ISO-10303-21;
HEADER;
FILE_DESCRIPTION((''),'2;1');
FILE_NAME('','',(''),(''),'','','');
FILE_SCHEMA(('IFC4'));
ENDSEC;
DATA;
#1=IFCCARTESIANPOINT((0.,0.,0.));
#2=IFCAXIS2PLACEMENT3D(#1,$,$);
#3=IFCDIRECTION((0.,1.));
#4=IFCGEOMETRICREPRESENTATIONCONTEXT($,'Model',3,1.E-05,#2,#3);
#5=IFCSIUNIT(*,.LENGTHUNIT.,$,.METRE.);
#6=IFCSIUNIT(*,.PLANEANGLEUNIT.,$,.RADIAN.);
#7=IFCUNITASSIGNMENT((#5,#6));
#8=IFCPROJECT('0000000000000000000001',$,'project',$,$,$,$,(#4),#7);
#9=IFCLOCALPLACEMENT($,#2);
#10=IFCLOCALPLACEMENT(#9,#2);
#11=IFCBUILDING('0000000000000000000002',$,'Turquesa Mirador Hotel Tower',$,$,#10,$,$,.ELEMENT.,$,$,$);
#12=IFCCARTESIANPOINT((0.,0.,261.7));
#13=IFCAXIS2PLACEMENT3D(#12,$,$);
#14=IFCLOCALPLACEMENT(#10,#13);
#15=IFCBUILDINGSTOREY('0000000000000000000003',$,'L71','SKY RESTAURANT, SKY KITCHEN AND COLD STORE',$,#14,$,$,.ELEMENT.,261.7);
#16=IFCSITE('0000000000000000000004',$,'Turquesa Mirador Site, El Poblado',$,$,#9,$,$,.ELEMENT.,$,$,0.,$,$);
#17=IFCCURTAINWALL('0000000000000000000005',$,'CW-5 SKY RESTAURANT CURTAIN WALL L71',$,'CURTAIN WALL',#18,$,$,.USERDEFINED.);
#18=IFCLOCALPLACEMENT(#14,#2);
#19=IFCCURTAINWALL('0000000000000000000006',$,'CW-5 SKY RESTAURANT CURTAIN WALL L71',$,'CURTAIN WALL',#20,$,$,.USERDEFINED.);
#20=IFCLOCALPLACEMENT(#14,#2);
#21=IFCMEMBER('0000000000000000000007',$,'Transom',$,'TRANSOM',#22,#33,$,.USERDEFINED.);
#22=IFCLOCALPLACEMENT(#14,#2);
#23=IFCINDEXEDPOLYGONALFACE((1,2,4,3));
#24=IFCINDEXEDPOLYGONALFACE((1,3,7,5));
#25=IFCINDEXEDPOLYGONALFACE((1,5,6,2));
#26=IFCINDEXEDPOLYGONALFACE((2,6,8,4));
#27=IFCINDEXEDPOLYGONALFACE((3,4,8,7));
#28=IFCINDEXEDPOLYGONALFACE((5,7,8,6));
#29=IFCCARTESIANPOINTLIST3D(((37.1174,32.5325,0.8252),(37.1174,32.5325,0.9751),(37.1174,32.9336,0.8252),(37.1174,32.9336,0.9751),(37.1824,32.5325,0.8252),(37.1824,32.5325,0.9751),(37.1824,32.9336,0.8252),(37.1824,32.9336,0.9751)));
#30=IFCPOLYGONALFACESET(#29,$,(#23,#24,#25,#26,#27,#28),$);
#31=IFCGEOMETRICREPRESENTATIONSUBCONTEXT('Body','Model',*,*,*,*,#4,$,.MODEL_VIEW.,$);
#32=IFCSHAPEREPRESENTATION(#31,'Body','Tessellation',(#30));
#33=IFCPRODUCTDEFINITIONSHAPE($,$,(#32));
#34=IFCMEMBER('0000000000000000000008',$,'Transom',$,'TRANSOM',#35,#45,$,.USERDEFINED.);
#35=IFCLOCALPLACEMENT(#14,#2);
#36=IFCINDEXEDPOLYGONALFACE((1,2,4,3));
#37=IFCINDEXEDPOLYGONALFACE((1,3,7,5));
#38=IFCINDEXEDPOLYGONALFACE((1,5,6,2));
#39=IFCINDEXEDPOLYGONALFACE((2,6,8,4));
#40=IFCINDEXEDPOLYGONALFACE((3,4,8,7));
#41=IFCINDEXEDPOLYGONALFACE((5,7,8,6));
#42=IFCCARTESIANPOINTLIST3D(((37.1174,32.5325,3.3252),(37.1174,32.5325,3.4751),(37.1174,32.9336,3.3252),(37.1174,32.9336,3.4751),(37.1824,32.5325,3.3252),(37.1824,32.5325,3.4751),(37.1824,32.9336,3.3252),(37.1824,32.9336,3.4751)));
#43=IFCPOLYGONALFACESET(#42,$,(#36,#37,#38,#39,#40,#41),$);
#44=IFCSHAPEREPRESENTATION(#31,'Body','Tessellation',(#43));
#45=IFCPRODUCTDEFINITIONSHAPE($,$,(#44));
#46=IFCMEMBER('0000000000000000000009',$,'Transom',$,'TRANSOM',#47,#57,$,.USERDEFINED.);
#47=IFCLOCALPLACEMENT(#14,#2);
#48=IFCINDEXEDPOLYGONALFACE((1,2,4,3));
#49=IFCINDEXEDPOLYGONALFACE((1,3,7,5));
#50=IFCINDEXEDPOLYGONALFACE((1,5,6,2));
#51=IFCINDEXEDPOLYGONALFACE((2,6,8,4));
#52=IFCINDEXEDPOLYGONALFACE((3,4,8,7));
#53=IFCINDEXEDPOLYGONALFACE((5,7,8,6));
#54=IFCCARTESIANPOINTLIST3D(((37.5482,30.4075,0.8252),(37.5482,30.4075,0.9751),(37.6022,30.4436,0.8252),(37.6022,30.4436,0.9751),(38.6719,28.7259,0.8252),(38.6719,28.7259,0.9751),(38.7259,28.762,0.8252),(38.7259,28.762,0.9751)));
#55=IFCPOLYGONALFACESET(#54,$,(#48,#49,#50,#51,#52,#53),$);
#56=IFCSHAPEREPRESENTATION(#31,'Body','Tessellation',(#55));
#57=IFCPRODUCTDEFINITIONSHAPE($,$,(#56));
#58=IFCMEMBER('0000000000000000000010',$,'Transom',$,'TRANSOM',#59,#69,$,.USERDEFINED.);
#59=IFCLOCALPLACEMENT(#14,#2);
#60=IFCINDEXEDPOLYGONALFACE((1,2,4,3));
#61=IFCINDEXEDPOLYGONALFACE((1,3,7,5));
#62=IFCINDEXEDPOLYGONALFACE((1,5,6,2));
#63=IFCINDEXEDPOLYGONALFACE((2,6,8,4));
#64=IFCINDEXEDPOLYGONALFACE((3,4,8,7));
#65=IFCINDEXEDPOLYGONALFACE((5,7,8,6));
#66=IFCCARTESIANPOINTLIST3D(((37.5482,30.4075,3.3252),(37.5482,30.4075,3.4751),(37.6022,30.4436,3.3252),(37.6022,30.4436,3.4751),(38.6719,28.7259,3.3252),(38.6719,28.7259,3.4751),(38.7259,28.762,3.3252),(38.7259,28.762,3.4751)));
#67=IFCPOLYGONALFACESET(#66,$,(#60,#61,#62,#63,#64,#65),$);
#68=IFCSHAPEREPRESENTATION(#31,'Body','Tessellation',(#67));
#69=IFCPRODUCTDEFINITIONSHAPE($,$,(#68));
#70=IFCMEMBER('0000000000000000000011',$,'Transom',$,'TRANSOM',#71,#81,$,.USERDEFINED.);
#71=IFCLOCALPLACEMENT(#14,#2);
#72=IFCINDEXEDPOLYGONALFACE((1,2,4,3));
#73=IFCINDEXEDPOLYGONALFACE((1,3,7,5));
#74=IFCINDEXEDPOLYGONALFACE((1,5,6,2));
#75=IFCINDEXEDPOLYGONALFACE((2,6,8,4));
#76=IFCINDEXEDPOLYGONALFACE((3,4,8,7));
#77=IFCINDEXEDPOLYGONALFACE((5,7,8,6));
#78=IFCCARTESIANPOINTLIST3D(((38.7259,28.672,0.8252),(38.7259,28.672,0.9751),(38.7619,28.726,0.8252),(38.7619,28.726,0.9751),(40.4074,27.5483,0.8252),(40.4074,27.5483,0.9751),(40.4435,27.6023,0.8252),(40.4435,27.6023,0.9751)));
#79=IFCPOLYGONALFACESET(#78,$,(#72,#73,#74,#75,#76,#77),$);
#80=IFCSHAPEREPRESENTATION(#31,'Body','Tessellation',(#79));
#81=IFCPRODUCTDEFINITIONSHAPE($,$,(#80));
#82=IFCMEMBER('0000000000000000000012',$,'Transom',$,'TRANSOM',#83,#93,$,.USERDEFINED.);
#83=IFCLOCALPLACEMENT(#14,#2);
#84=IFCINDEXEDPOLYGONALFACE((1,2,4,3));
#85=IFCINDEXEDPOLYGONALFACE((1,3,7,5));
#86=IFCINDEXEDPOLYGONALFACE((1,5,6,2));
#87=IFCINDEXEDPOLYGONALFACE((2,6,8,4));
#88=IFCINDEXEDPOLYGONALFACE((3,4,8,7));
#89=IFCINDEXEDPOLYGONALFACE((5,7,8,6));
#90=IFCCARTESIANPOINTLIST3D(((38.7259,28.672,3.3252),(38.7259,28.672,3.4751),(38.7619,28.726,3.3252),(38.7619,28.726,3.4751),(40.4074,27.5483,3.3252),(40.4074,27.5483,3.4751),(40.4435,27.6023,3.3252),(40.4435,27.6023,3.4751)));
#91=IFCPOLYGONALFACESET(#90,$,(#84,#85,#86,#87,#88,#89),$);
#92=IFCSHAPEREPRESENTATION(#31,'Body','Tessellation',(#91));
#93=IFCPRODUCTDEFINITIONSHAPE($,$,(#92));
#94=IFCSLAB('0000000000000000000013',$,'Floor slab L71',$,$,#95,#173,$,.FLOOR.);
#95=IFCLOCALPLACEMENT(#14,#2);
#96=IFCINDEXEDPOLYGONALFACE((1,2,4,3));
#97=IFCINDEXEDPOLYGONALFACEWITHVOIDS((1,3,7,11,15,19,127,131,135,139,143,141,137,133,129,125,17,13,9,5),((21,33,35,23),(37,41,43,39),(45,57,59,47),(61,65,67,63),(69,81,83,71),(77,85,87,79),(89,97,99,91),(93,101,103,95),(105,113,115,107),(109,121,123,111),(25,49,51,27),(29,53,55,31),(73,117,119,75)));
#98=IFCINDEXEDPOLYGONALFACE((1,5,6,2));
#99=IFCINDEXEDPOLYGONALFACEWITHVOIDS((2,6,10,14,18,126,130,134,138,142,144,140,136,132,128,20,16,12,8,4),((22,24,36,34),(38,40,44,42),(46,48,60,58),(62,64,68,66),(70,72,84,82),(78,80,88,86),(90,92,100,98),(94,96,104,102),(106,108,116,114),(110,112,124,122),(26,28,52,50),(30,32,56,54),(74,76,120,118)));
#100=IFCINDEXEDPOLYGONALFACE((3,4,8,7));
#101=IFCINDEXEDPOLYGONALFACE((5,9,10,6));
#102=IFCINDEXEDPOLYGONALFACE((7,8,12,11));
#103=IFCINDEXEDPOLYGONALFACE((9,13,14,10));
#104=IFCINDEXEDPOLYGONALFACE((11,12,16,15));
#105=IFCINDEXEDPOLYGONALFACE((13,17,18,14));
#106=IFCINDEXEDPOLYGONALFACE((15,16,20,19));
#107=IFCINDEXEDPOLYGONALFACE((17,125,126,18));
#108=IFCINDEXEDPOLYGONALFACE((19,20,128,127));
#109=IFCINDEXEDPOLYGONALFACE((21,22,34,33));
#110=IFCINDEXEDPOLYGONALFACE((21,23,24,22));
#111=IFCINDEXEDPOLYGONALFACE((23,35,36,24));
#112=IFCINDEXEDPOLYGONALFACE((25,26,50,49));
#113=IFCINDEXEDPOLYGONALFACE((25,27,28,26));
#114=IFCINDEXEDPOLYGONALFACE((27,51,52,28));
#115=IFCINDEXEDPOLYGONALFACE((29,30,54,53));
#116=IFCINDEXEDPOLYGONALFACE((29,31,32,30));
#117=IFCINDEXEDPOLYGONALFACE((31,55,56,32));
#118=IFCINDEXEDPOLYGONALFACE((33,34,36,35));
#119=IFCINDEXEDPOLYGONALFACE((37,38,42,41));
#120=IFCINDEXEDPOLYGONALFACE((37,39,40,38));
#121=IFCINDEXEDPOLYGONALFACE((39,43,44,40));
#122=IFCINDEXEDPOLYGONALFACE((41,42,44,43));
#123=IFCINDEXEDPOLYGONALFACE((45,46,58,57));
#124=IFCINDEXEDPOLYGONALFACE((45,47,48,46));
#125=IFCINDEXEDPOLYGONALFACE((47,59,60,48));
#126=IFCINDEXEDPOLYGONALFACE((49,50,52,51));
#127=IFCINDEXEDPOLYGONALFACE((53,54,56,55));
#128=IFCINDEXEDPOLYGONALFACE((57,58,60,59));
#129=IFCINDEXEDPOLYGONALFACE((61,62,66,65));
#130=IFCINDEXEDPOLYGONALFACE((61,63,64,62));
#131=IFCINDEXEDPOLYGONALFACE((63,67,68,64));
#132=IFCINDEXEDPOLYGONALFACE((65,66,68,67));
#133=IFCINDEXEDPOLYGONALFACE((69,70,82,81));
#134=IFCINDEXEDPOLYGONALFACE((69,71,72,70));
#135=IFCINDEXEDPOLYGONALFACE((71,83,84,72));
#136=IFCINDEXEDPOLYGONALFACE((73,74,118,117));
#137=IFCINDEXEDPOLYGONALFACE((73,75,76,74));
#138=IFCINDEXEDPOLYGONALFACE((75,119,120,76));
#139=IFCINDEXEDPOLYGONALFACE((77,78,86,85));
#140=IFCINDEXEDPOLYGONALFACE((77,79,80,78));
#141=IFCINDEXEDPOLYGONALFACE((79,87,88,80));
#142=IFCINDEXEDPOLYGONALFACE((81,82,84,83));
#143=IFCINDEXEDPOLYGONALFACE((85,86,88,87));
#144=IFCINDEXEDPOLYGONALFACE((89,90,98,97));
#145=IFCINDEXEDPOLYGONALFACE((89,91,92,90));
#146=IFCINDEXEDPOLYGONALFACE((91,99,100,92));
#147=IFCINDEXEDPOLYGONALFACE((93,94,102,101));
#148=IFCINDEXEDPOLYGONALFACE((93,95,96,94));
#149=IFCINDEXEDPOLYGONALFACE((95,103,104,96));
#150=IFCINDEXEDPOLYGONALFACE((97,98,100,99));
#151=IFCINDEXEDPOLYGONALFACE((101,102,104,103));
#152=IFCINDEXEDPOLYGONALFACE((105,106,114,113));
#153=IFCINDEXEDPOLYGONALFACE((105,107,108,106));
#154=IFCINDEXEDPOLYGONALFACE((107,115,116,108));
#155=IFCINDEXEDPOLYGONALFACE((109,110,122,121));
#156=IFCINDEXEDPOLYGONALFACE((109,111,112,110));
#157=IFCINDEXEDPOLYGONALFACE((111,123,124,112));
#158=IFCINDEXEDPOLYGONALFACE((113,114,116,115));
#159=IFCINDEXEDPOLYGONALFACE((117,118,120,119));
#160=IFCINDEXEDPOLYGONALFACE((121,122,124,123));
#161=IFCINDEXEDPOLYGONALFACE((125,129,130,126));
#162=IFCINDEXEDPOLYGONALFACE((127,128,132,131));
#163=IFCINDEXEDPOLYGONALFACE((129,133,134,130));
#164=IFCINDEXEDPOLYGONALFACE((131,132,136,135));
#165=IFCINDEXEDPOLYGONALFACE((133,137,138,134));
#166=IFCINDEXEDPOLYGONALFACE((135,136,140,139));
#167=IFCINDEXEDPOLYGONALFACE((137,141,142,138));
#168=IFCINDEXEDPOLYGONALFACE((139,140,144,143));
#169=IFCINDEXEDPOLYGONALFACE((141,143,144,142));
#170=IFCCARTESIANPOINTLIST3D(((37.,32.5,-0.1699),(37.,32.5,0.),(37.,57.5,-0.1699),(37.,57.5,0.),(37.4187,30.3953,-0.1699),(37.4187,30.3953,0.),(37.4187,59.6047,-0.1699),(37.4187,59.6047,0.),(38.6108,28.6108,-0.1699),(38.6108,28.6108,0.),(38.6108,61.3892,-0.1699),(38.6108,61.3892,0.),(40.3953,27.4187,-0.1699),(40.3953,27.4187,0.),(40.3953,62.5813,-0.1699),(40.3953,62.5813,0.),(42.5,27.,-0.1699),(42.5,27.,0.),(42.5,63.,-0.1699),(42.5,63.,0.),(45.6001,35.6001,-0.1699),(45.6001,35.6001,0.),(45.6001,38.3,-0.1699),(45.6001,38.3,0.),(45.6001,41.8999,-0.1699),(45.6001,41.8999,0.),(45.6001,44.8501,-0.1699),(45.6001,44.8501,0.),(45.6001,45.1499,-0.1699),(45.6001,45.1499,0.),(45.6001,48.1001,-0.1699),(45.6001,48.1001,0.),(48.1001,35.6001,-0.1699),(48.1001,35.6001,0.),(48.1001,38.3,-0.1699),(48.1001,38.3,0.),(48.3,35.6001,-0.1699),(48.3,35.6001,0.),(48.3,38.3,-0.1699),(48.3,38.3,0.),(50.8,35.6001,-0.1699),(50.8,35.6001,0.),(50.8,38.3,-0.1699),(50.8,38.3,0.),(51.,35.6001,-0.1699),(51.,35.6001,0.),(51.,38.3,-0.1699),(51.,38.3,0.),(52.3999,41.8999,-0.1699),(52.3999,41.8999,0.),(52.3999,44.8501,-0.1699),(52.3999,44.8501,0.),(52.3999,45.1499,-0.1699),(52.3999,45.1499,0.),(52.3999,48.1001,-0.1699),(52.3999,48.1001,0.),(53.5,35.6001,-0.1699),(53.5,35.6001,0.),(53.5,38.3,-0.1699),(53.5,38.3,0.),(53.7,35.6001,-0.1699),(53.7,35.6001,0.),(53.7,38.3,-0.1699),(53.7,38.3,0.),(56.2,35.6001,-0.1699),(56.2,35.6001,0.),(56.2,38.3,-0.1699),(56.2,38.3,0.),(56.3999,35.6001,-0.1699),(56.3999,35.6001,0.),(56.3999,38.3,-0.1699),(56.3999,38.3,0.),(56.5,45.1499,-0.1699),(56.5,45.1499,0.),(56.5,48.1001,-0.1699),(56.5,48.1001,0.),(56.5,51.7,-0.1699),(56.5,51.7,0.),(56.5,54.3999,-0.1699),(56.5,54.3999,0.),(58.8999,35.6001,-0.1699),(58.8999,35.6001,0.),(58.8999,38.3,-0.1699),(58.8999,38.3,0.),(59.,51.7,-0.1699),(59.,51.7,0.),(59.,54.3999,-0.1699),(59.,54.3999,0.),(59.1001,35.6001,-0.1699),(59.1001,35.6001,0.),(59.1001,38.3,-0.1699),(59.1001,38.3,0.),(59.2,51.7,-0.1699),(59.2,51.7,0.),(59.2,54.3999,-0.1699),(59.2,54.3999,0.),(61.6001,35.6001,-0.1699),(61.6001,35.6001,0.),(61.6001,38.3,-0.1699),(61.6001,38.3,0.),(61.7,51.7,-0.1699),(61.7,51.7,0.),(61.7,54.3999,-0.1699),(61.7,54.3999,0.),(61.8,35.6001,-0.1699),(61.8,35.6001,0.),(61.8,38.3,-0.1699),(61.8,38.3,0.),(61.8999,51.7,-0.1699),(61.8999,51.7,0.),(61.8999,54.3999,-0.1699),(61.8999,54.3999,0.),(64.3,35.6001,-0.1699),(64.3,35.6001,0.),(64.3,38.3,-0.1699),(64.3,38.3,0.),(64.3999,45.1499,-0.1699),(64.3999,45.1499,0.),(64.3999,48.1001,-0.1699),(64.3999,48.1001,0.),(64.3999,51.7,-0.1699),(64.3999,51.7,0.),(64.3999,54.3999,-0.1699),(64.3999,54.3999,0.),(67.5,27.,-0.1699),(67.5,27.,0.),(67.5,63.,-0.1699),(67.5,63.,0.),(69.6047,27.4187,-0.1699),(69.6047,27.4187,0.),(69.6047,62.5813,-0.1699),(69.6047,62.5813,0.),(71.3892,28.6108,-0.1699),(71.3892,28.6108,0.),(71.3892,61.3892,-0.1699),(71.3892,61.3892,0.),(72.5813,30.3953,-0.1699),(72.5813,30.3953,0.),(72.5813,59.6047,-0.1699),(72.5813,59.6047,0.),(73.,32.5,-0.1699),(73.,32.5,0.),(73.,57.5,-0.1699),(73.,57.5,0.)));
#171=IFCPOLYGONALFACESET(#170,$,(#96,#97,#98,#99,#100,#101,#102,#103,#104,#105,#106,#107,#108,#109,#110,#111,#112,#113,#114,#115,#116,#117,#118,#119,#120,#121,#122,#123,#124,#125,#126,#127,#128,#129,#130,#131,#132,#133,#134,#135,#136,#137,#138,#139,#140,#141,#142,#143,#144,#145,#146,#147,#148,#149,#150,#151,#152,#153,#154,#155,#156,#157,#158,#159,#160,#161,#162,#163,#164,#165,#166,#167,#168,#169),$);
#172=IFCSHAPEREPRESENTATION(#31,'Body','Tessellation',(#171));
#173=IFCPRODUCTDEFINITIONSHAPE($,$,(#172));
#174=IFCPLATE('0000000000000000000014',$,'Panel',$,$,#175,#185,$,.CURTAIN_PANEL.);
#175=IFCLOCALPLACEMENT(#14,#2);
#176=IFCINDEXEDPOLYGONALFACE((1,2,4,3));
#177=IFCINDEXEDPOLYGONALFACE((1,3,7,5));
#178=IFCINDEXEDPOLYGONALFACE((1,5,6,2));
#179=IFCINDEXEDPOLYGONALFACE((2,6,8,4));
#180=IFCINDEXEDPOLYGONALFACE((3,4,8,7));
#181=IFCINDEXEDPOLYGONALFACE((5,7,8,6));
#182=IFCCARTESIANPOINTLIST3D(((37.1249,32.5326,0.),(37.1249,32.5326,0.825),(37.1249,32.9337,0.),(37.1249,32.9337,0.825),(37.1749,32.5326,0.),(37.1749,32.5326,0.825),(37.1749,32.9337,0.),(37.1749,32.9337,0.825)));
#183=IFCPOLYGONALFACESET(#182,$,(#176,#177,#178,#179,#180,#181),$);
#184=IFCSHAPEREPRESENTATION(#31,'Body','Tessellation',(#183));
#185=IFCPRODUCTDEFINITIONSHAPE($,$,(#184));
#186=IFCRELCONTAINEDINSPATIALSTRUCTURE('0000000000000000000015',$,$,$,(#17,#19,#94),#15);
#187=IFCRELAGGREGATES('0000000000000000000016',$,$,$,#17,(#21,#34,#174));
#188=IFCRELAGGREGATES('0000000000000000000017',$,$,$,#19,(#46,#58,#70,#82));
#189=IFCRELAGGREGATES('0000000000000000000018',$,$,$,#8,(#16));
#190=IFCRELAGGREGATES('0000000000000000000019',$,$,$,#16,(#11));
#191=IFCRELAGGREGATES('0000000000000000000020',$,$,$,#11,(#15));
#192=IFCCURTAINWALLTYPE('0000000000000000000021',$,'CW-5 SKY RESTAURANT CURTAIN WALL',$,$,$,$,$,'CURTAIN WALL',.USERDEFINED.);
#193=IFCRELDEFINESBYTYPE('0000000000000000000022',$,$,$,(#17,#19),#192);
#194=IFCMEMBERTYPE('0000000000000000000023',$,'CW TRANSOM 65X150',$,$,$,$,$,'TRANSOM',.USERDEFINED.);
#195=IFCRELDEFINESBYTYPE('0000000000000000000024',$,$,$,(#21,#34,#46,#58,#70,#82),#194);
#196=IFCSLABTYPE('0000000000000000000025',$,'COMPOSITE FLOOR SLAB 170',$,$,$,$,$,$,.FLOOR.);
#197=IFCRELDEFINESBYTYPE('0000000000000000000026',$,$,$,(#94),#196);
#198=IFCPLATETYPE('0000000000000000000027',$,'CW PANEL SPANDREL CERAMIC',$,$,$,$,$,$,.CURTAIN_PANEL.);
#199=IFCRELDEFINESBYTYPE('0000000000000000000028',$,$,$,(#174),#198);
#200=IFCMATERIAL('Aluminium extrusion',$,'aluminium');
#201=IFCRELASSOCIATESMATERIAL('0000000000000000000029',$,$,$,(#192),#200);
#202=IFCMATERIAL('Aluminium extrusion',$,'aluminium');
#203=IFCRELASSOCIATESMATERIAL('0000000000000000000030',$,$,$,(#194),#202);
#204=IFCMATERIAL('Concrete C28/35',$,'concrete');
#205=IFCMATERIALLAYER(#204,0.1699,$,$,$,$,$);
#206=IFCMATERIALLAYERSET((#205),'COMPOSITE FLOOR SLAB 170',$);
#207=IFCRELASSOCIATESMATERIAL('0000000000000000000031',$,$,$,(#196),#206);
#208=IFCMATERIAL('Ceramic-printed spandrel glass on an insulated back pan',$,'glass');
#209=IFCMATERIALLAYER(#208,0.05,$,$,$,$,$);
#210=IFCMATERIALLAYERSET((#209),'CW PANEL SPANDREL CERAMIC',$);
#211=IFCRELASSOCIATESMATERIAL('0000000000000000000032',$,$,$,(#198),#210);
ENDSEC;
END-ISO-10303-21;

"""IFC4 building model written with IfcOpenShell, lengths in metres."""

from ifc_helpers import new_model, si_unit, direction, frame, origin, origin_2d, place, context, subcontext, project, spatial, polyline, rectangle, outline, extrude, material, layer, layer_set, material_profile, profile_set, type_object, element, aggregate, save


model = new_model("IFC4")

# Units and contexts
model_context = context("Model", 3, precision=1e-05, world=origin(), true_north=direction((0.0, 1.0)))
body_context = subcontext(model_context, "Body", "Model", "MODEL_VIEW")
ifc_project = project(units=[si_unit("LENGTHUNIT", "METRE"), si_unit("PLANEANGLEUNIT", "RADIAN")], contexts=[model_context])

# Site, building, storey
site_placement = place(None, origin())
site = spatial("IfcSite", under=ifc_project, at=site_placement, Name="Turquesa Mirador Site, El Poblado", CompositionType="ELEMENT", RefElevation=0.0)
building_placement = place(site_placement, origin())
building = spatial("IfcBuilding", under=site, at=building_placement, Name="Turquesa Mirador Hotel Tower", CompositionType="ELEMENT")
storey_placement = place(building_placement, frame((0.0, 0.0, 261.7)))
storey = spatial("IfcBuildingStorey", under=building, at=storey_placement, Name="L71", Description="SKY RESTAURANT, SKY KITCHEN AND COLD STORE", CompositionType="ELEMENT", Elevation=261.7)

# Shared definitions
ifc_material_1 = material(Name="Aluminium extrusion", Category="aluminium")
curtain_wall_type = type_object("IfcCurtainWallType", Name="CW-5 SKY RESTAURANT CURTAIN WALL", ElementType="CURTAIN WALL", PredefinedType="USERDEFINED", material=ifc_material_1)

# Curtain walls
curtain_wall_1_placement = place(storey_placement, origin())
curtain_wall_1 = element("IfcCurtainWall", 1, at=curtain_wall_1_placement, inside=storey, type_object=curtain_wall_type, Name="CW-5 SKY RESTAURANT CURTAIN WALL L71", ObjectType="CURTAIN WALL", PredefinedType="USERDEFINED")
curtain_wall_2_placement = place(storey_placement, origin())
curtain_wall_2 = element("IfcCurtainWall", 2, at=curtain_wall_2_placement, inside=storey, type_object=curtain_wall_type, Name="CW-5 SKY RESTAURANT CURTAIN WALL L71", ObjectType="CURTAIN WALL", PredefinedType="USERDEFINED")

# Members
ifc_material_2 = material(Name="Aluminium extrusion", Category="aluminium")
ifc_material_profile_1 = material_profile(ifc_material_2, rectangle(XDim=0.0649, YDim=0.1499, at=origin_2d()), Name="TRANSOM 65X150")
ifc_profile_set_1 = profile_set([ifc_material_profile_1], Name="Aluminium extrusion")
member_type_1 = type_object("IfcMemberType", Name="CW TRANSOM 65X150", ElementType="TRANSOM", PredefinedType="USERDEFINED", material=ifc_profile_set_1)
member_1_placement = place(storey_placement, frame((37.1499, 32.9336, 0.9001), z_axis=(0.0, -1.0, 0.0), x_axis=(1.0, 0.0, 0.0)))
member_1 = element("IfcMember", 3, at=member_1_placement, type_object=member_type_1, Name="Transom", ObjectType="TRANSOM", PredefinedType="USERDEFINED", context=body_context, shape_type="SweptSolid", body=[
    extrude(rectangle(XDim=0.0649, YDim=0.1499, at=origin_2d()), origin(), (0.0, 0.0, 1.0), 0.4011),
])
member_2_placement = place(storey_placement, frame((37.1499, 32.9336, 3.4001), z_axis=(0.0, -1.0, 0.0), x_axis=(1.0, 0.0, 0.0)))
member_2 = element("IfcMember", 4, at=member_2_placement, type_object=member_type_1, Name="Transom", ObjectType="TRANSOM", PredefinedType="USERDEFINED", context=body_context, shape_type="SweptSolid", body=[
    extrude(rectangle(XDim=0.0649, YDim=0.1499, at=origin_2d()), origin(), (0.0, 0.0, 1.0), 0.4011),
])
member_3_placement = place(storey_placement, frame((37.5752, 30.4255, 0.9001), z_axis=(0.555619, -0.831437, 0.0), x_axis=(0.831437, 0.555619, 0.0)))
member_3 = element("IfcMember", 5, at=member_3_placement, type_object=member_type_1, Name="Transom", ObjectType="TRANSOM", PredefinedType="USERDEFINED", context=body_context, shape_type="SweptSolid", body=[
    extrude(rectangle(XDim=0.0649, YDim=0.1499, at=origin_2d()), origin(), (0.0, 0.0, 1.0), 2.0225),
])
member_4_placement = place(storey_placement, frame((37.5752, 30.4255, 3.4001), z_axis=(0.555619, -0.831437, 0.0), x_axis=(0.831437, 0.555619, 0.0)))
member_4 = element("IfcMember", 6, at=member_4_placement, type_object=member_type_1, Name="Transom", ObjectType="TRANSOM", PredefinedType="USERDEFINED", context=body_context, shape_type="SweptSolid", body=[
    extrude(rectangle(XDim=0.0649, YDim=0.1499, at=origin_2d()), origin(), (0.0, 0.0, 1.0), 2.0225),
])
member_5_placement = place(storey_placement, frame((38.7439, 28.699, 0.9001), z_axis=(0.831437, -0.555619, 0.0), x_axis=(0.555619, 0.831437, 0.0)))
member_5 = element("IfcMember", 7, at=member_5_placement, type_object=member_type_1, Name="Transom", ObjectType="TRANSOM", PredefinedType="USERDEFINED", context=body_context, shape_type="SweptSolid", body=[
    extrude(rectangle(XDim=0.0649, YDim=0.1499, at=origin_2d()), origin(), (0.0, 0.0, 1.0), 2.0225),
])
member_6_placement = place(storey_placement, frame((38.7439, 28.699, 3.4001), z_axis=(0.831437, -0.555619, 0.0), x_axis=(0.555619, 0.831437, 0.0)))
member_6 = element("IfcMember", 8, at=member_6_placement, type_object=member_type_1, Name="Transom", ObjectType="TRANSOM", PredefinedType="USERDEFINED", context=body_context, shape_type="SweptSolid", body=[
    extrude(rectangle(XDim=0.0649, YDim=0.1499, at=origin_2d()), origin(), (0.0, 0.0, 1.0), 2.0225),
])

# Slab
ifc_material_3 = material(Name="Concrete C28/35", Category="concrete")
ifc_layer_1 = layer(ifc_material_3, 0.1699)
ifc_layer_set_1 = layer_set([ifc_layer_1], Name="COMPOSITE FLOOR SLAB 170")
slab_type_1 = type_object("IfcSlabType", Name="COMPOSITE FLOOR SLAB 170", PredefinedType="FLOOR", material=ifc_layer_set_1)
slab_1_placement = place(storey_placement, frame((0.0, 0.0, -0.1699)))
element("IfcSlab", 9, at=slab_1_placement, inside=storey, type_object=slab_type_1, Name="Floor slab L71", PredefinedType="FLOOR", context=body_context, shape_type="SweptSolid", body=[
    extrude(outline(polyline([(67.5, 27.0), (69.6047, 27.4187), (71.3892, 28.6108), (72.5813, 30.3953), (73.0, 32.5), (73.0, 57.5), (72.5813, 59.6047), (71.3892, 61.3892), (69.6047, 62.5813), (67.5, 63.0), (42.5, 63.0), (40.3953, 62.5813), (38.6108, 61.3892), (37.4187, 59.6047), (37.0, 57.5), (37.0, 32.5), (37.4187, 30.3953), (38.6108, 28.6108), (40.3953, 27.4187), (42.5, 27.0), (67.5, 27.0)]), holes=[polyline([(56.5, 51.7), (59.0, 51.7), (59.0, 54.3999), (56.5, 54.3999), (56.5, 51.7)]), polyline([(59.2, 51.7), (61.7, 51.7), (61.7, 54.3999), (59.2, 54.3999), (59.2, 51.7)]), polyline([(45.6001, 35.6001), (48.1001, 35.6001), (48.1001, 38.3), (45.6001, 38.3), (45.6001, 35.6001)]), polyline([(48.3, 35.6001), (50.8, 35.6001), (50.8, 38.3), (48.3, 38.3), (48.3, 35.6001)]), polyline([(51.0, 35.6001), (53.5, 35.6001), (53.5, 38.3), (51.0, 38.3), (51.0, 35.6001)]), polyline([(53.7, 35.6001), (56.2, 35.6001), (56.2, 38.3), (53.7, 38.3), (53.7, 35.6001)]), polyline([(56.3999, 35.6001), (58.8999, 35.6001), (58.8999, 38.3), (56.3999, 38.3), (56.3999, 35.6001)]), polyline([(59.1001, 35.6001), (61.6001, 35.6001), (61.6001, 38.3), (59.1001, 38.3), (59.1001, 35.6001)]), polyline([(61.8, 35.6001), (64.3, 35.6001), (64.3, 38.3), (61.8, 38.3), (61.8, 35.6001)]), polyline([(45.6001, 45.1499), (52.3999, 45.1499), (52.3999, 48.1001), (45.6001, 48.1001), (45.6001, 45.1499)]), polyline([(45.6001, 41.8999), (52.3999, 41.8999), (52.3999, 44.8501), (45.6001, 44.8501), (45.6001, 41.8999)]), polyline([(56.5, 45.1499), (64.3999, 45.1499), (64.3999, 48.1001), (56.5, 48.1001), (56.5, 45.1499)]), polyline([(61.8999, 51.7), (64.3999, 51.7), (64.3999, 54.3999), (61.8999, 54.3999), (61.8999, 51.7)])]), origin(), (0.0, 0.0, 1.0), 0.1699),
])

# Plate
ifc_material_4 = material(Name="Ceramic-printed spandrel glass on an insulated back pan", Category="glass")
ifc_layer_2 = layer(ifc_material_4, 0.05)
ifc_layer_set_2 = layer_set([ifc_layer_2], Name="CW PANEL SPANDREL CERAMIC")
plate_type_1 = type_object("IfcPlateType", Name="CW PANEL SPANDREL CERAMIC", PredefinedType="CURTAIN_PANEL", material=ifc_layer_set_2)
plate_1_placement = place(storey_placement, frame((37.1499, 32.7332, 0.0), z_axis=(0.0, 0.0, 1.0), x_axis=(0.0, -1.0, 0.0)))
plate_1 = element("IfcPlate", 10, at=plate_1_placement, type_object=plate_type_1, Name="Panel", PredefinedType="CURTAIN_PANEL", context=body_context, shape_type="SweptSolid", body=[
    extrude(rectangle(XDim=0.4011, YDim=0.05, at=origin_2d()), origin(), (0.0, 0.0, 1.0), 0.825),
])
aggregate(curtain_wall_1, [member_1, member_2, plate_1])
aggregate(curtain_wall_2, [member_3, member_4, member_5, member_6])

save(model, "model.ifc")
